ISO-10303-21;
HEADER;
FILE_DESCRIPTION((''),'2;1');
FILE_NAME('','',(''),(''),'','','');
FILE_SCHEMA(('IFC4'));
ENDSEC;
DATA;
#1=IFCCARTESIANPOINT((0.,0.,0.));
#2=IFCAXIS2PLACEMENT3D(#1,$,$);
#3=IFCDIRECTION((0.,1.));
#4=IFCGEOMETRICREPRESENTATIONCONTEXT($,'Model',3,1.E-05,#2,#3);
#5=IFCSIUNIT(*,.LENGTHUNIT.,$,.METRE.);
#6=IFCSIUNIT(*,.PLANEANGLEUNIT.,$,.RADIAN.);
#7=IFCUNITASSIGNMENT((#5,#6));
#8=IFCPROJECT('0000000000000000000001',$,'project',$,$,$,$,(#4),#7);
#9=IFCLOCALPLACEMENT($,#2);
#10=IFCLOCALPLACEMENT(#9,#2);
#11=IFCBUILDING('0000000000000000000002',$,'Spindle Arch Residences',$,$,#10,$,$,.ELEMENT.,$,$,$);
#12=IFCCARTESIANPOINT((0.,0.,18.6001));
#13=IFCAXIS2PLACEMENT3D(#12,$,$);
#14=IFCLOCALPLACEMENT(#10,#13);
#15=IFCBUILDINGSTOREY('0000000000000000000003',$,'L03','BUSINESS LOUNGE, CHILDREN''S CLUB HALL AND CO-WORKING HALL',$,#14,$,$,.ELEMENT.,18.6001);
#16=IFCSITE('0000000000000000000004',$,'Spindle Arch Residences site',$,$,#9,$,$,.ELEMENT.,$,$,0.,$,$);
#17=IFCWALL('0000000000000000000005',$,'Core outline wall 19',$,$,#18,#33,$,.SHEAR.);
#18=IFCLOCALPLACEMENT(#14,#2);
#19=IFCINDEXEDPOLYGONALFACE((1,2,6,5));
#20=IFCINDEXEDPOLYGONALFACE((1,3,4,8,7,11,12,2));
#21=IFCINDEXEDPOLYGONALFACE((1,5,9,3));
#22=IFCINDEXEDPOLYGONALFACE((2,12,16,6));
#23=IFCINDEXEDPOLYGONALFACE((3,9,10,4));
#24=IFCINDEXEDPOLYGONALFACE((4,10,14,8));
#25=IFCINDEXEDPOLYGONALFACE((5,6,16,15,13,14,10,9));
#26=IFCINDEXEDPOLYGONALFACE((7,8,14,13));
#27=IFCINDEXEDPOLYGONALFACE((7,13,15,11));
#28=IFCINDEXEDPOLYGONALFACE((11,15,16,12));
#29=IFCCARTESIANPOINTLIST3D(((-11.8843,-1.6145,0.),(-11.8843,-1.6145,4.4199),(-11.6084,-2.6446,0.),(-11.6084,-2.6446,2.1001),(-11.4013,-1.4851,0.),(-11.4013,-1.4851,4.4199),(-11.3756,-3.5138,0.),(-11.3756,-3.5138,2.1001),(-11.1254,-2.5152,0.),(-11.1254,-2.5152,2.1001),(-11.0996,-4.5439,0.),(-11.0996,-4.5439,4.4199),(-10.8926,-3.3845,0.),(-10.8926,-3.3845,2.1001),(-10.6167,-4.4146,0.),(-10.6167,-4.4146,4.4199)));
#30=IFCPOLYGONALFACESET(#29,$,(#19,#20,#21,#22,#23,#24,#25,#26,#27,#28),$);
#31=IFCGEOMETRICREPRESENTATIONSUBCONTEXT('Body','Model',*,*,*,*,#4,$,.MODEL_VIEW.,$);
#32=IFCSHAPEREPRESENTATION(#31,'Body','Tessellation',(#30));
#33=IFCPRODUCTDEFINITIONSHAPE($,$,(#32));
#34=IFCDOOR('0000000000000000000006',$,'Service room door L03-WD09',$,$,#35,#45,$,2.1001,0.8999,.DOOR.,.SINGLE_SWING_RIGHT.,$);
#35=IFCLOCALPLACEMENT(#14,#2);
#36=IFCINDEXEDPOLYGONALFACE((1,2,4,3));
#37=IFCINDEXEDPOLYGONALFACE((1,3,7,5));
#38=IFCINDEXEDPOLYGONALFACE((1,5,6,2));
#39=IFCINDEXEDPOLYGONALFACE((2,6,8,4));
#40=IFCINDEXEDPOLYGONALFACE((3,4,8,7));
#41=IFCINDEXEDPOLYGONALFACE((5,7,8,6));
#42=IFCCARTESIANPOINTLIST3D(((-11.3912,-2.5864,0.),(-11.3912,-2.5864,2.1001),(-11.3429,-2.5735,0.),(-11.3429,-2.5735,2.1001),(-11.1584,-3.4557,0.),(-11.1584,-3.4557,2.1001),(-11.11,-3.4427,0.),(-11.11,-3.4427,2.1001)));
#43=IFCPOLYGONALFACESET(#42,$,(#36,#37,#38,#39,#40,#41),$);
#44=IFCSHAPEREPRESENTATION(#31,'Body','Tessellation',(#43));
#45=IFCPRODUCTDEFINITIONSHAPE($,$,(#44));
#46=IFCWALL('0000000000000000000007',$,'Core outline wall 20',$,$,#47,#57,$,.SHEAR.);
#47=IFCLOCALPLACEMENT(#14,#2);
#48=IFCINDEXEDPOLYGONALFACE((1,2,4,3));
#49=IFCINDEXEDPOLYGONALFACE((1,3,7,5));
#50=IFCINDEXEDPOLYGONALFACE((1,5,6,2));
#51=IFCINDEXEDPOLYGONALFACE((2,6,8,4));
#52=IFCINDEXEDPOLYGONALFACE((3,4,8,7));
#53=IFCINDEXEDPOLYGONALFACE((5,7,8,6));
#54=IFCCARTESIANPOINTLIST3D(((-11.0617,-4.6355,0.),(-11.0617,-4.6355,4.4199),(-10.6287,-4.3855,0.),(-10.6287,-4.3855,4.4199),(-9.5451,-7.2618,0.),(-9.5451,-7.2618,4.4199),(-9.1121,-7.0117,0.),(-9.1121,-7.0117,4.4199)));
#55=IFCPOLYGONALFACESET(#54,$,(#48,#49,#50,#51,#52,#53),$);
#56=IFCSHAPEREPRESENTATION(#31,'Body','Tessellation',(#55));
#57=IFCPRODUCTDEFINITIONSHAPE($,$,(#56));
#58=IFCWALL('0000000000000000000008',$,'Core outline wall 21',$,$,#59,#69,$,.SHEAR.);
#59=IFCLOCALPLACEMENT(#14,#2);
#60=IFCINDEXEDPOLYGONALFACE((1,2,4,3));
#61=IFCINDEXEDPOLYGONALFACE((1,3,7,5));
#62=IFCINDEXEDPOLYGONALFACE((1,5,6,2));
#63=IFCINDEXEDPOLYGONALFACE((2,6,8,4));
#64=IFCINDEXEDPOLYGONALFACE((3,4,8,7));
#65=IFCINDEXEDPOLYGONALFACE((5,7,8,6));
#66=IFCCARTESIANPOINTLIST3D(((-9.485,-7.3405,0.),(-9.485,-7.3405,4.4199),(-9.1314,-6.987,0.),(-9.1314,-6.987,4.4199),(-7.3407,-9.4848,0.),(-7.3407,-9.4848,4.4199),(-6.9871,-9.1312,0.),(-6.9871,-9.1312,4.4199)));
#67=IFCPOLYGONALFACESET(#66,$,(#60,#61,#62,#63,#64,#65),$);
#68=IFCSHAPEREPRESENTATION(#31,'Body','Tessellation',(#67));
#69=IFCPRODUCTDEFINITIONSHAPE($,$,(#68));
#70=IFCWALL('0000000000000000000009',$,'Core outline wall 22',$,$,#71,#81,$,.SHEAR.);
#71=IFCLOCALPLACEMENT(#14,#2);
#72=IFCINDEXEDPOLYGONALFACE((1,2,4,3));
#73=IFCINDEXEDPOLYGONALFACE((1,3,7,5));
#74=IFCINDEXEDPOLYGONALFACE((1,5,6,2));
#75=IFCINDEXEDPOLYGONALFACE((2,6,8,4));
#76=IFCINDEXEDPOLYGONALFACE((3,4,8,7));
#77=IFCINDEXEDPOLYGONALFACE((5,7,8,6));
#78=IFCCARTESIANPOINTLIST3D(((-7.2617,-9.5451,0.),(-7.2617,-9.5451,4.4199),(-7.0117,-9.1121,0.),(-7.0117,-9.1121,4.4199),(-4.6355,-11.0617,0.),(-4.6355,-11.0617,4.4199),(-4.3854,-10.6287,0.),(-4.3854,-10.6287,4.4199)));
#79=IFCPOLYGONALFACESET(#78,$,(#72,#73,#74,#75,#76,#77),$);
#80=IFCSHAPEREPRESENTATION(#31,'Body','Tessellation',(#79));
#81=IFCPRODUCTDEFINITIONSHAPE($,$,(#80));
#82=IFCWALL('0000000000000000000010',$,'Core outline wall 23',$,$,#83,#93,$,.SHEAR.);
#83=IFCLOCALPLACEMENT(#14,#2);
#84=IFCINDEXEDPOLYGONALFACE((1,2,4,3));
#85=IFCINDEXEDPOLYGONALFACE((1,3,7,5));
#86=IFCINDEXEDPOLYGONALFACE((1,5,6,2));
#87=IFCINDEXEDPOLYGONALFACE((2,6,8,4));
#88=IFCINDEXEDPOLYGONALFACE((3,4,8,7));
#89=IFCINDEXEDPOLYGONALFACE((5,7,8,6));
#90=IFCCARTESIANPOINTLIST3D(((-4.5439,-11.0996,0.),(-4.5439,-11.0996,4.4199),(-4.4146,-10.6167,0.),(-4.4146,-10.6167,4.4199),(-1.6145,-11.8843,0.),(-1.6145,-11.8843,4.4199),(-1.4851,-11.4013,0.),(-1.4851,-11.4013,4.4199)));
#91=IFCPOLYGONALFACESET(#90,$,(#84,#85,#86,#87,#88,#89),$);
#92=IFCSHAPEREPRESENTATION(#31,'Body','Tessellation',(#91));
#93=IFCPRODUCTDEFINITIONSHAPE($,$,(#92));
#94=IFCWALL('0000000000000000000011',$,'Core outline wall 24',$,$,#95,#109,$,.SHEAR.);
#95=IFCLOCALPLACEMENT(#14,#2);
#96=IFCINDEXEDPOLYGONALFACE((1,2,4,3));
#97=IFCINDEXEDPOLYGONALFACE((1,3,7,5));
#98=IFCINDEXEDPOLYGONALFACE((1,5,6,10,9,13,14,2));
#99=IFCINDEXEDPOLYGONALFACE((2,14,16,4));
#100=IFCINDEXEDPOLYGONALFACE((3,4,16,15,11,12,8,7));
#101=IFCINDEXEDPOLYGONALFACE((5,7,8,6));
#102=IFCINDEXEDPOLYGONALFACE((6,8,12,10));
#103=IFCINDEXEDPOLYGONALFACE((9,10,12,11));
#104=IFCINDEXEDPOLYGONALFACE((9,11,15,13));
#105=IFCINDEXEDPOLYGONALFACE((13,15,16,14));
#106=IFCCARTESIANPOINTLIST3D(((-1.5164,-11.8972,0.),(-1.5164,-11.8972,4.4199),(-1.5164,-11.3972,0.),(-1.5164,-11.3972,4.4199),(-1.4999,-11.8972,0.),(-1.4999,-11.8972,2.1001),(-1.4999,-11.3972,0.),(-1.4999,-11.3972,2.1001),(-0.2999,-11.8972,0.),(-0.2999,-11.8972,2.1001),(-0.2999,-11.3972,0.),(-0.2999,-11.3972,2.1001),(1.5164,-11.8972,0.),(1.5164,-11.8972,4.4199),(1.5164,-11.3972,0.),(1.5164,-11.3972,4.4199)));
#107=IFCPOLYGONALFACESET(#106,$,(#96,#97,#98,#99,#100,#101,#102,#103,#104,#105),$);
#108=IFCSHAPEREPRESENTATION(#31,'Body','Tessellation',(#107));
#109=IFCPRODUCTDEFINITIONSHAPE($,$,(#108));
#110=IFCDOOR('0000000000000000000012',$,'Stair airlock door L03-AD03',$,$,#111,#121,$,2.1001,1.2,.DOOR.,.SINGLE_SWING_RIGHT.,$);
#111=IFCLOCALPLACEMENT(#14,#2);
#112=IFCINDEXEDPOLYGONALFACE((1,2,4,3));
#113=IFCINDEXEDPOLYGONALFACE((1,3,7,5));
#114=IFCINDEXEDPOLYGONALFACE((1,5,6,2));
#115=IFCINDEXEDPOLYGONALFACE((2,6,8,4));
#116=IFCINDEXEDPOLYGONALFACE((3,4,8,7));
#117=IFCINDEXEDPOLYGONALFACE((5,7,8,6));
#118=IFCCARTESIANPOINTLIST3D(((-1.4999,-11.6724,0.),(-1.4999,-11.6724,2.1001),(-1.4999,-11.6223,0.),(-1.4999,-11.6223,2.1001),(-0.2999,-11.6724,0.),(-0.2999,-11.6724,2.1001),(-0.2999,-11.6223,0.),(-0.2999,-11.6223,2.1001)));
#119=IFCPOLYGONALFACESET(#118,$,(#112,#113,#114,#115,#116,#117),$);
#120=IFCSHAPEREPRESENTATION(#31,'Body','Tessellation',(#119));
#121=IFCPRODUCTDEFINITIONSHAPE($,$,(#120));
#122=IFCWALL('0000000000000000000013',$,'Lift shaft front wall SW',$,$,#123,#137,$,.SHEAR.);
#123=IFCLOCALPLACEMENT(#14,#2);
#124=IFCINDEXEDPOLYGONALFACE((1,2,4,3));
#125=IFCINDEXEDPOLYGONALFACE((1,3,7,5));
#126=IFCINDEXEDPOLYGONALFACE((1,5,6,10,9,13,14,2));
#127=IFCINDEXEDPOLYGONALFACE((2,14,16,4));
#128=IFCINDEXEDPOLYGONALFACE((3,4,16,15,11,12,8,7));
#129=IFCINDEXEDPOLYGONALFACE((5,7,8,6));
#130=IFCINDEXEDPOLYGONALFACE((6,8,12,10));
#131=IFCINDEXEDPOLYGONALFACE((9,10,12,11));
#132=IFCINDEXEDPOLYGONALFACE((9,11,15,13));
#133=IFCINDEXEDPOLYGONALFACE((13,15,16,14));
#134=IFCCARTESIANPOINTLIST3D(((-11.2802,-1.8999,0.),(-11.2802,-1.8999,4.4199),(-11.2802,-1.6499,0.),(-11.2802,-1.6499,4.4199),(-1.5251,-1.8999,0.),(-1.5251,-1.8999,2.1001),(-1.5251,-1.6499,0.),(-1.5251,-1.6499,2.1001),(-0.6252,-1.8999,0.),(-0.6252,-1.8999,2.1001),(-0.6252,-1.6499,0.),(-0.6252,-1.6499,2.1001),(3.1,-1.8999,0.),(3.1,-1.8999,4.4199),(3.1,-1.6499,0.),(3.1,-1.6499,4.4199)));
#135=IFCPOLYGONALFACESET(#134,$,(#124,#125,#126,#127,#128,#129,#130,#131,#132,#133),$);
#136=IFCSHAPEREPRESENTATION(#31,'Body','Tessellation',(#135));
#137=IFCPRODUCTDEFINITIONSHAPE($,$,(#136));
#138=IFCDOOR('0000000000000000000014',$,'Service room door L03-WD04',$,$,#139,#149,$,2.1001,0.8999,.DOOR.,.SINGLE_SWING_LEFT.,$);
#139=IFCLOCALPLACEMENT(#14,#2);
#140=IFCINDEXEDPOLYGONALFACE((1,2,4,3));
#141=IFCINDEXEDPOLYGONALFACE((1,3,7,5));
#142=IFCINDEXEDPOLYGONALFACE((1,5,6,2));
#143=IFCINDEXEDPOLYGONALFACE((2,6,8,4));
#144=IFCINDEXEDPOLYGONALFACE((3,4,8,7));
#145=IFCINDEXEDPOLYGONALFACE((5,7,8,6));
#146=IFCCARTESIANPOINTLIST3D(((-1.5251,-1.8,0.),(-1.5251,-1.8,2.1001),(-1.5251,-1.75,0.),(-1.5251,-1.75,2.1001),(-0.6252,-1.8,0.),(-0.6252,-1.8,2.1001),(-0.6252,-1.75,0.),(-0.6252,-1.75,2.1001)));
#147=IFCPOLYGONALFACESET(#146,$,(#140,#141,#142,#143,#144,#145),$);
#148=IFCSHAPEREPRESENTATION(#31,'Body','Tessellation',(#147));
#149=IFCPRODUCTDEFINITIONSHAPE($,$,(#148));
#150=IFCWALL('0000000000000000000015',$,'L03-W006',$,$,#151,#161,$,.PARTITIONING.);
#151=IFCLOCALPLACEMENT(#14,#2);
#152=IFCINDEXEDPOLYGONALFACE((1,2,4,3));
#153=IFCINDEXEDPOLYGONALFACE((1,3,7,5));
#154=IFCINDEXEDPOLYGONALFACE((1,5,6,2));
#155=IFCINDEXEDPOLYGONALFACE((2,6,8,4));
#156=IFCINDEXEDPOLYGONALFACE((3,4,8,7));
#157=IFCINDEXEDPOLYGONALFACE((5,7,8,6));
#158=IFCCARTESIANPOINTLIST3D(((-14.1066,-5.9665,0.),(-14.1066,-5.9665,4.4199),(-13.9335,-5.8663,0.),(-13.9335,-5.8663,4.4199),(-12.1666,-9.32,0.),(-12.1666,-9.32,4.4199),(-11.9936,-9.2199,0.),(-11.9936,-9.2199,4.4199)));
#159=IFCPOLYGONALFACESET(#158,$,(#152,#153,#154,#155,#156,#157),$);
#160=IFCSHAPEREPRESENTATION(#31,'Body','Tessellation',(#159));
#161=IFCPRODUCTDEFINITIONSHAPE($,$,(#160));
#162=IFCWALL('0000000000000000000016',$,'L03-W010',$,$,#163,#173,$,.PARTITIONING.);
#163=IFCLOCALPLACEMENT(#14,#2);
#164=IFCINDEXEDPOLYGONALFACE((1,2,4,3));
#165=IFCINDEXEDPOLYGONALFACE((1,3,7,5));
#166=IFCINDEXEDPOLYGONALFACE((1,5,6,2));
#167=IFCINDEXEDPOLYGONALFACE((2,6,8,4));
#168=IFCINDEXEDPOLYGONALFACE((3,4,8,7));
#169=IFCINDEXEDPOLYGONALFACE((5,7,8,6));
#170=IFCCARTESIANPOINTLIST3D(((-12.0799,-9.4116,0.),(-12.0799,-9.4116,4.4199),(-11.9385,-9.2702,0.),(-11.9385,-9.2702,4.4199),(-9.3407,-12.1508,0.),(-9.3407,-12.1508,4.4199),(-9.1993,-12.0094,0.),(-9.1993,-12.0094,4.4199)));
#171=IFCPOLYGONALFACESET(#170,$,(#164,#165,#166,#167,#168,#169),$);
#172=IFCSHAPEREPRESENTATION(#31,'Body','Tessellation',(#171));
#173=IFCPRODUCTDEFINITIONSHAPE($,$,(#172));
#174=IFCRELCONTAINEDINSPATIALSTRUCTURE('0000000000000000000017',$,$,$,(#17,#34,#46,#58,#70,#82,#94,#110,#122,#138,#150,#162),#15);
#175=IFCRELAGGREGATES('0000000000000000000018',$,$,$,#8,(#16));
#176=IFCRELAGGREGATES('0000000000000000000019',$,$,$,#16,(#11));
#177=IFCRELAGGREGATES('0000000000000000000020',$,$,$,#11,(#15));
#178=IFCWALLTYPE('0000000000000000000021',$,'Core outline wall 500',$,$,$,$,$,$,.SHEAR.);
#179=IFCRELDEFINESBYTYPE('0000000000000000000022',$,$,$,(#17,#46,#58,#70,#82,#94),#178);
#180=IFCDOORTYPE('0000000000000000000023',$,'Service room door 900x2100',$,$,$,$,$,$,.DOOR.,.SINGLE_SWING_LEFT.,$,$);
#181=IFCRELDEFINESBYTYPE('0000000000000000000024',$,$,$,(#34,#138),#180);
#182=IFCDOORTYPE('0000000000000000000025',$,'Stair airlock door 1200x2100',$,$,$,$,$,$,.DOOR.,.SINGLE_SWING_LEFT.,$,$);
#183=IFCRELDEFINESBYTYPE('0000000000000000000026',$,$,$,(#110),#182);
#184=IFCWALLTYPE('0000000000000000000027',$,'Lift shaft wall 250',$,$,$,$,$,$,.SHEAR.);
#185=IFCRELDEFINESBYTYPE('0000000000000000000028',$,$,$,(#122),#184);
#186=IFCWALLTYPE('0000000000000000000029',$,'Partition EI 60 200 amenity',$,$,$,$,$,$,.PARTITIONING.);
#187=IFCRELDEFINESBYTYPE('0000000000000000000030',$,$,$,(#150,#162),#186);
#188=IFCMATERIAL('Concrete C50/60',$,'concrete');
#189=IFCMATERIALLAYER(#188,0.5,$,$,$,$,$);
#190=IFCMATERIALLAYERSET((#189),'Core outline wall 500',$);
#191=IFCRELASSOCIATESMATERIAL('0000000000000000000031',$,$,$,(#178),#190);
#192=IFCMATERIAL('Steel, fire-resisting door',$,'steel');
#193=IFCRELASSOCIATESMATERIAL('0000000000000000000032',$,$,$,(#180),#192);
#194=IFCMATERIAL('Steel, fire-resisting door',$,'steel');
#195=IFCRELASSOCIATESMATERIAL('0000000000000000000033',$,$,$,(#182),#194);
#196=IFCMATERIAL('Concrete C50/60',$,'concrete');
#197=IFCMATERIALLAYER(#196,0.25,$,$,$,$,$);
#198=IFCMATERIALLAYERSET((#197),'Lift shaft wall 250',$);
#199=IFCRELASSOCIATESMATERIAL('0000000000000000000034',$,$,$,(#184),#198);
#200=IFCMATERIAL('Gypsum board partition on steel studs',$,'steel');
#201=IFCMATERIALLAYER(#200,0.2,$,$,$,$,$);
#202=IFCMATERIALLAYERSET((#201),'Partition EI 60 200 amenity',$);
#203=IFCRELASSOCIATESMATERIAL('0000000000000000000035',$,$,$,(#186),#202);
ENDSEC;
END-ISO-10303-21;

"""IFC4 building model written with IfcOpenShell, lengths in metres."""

from ifc_helpers import new_model, si_unit, direction, frame, frame_2d, origin, place, context, subcontext, project, spatial, rectangle, extrude, material, layer, layer_set, type_object, element, fill, save


model = new_model("IFC4")

# Units and contexts
model_context = context("Model", 3, precision=1e-05, world=origin(), true_north=direction((0.0, 1.0)))
body_context = subcontext(model_context, "Body", "Model", "MODEL_VIEW")
ifc_project = project(units=[si_unit("LENGTHUNIT", "METRE"), si_unit("PLANEANGLEUNIT", "RADIAN")], contexts=[model_context])

# Site, building, storey
site_placement = place(None, origin())
site = spatial("IfcSite", under=ifc_project, at=site_placement, Name="Spindle Arch Residences site", CompositionType="ELEMENT", RefElevation=0.0)
building_placement = place(site_placement, origin())
building = spatial("IfcBuilding", under=site, at=building_placement, Name="Spindle Arch Residences", CompositionType="ELEMENT")
storey_placement = place(building_placement, frame((0.0, 0.0, 18.6001)))
storey = spatial("IfcBuildingStorey", under=building, at=storey_placement, Name="L03", Description="BUSINESS LOUNGE, CHILDREN'S CLUB HALL AND CO-WORKING HALL", CompositionType="ELEMENT", Elevation=18.6001)

# Wall, opening, door
ifc_material_1 = material(Name="Concrete C50/60", Category="concrete")
ifc_layer_1 = layer(ifc_material_1, 0.5)
ifc_layer_set_1 = layer_set([ifc_layer_1], Name="Core outline wall 500")
wall_type_1 = type_object("IfcWallType", Name="Core outline wall 500", PredefinedType="SHEAR", material=ifc_layer_set_1)
wall_1_placement = place(storey_placement, frame((-11.6428, -1.5498, 0.0), z_axis=(0.0, 0.0, 1.0), x_axis=(0.258735, -0.965948, 0.0)))
wall_1 = element("IfcWall", 1, at=wall_1_placement, inside=storey, type_object=wall_type_1, Name="Core outline wall 19", PredefinedType="SHEAR", context=body_context, shape_type="SweptSolid", body=[
    extrude(rectangle(XDim=3.0327, YDim=0.5, at=frame_2d((1.5164, 0.0))), origin(), (0.0, 0.0, 1.0), 4.4199),
])
opening_1_placement = place(wall_1_placement, frame((1.0664, 0.0, 0.0)))
opening_1 = element("IfcOpeningElement", 2, at=opening_1_placement, cuts=wall_1, PredefinedType="OPENING", context=body_context, shape_type="SweptSolid", body=[
    extrude(rectangle(XDim=0.8999, YDim=2.1001, at=frame_2d((0.45, 1.05))), frame((0.0, 0.26, 0.0), z_axis=(0.0, -1.0, 0.0), x_axis=(1.0, 0.0, 0.0)), (0.0, 0.0, 1.0), 0.52),
])
ifc_material_2 = material(Name="Steel, fire-resisting door", Category="steel")
door_type_1 = type_object("IfcDoorType", Name="Service room door 900x2100", OperationType="SINGLE_SWING_LEFT", PredefinedType="DOOR", material=ifc_material_2)
door_1_placement = place(opening_1_placement, origin())
door_1 = element("IfcDoor", 3, at=door_1_placement, inside=storey, type_object=door_type_1, Name="Service room door L03-WD09", OperationType="SINGLE_SWING_RIGHT", OverallHeight=2.1001, OverallWidth=0.8999, PredefinedType="DOOR", context=body_context, shape_type="SweptSolid", body=[
    extrude(rectangle(XDim=0.8999, YDim=2.1001, at=frame_2d((0.45, 1.05))), frame((0.0, 0.0249, 0.0), z_axis=(0.0, -1.0, 0.0), x_axis=(1.0, 0.0, 0.0)), (0.0, 0.0, 1.0), 0.05),
])
fill(opening_1, door_1)

# Walls
wall_2_placement = place(storey_placement, frame((-10.8452, -4.5105, 0.0), z_axis=(0.0, 0.0, 1.0), x_axis=(0.500087, -0.865975, 0.0)))
element("IfcWall", 4, at=wall_2_placement, inside=storey, type_object=wall_type_1, Name="Core outline wall 20", PredefinedType="SHEAR", context=body_context, shape_type="SweptSolid", body=[
    extrude(rectangle(XDim=3.0327, YDim=0.5, at=frame_2d((1.5164, 0.0))), origin(), (0.0, 0.0, 1.0), 4.4199),
])
wall_3_placement = place(storey_placement, frame((-9.3081, -7.1638, 0.0), z_axis=(0.0, 0.0, 1.0), x_axis=(0.707107, -0.707107, 0.0)))
element("IfcWall", 5, at=wall_3_placement, inside=storey, type_object=wall_type_1, Name="Core outline wall 21", PredefinedType="SHEAR", context=body_context, shape_type="SweptSolid", body=[
    extrude(rectangle(XDim=3.0325, YDim=0.5, at=frame_2d((1.5161, 0.0))), origin(), (0.0, 0.0, 1.0), 4.4199),
])
for number, where, z_axis, x_axis, name in (
    (6, (-7.1367, -9.3286, 0.0), (0.0, 0.0, 1.0), (0.865975, -0.500087, 0.0), "Core outline wall 22"),
    (7, (-4.4792, -10.8582, 0.0), (0.0, 0.0, 1.0), (0.965948, -0.258735, 0.0), "Core outline wall 23"),
):
    element("IfcWall", number, at=place(storey_placement, frame(where, z_axis=z_axis, x_axis=x_axis)), inside=storey, type_object=wall_type_1, Name=name, PredefinedType="SHEAR", context=body_context, shape_type="SweptSolid", body=[
        extrude(rectangle(XDim=3.0327, YDim=0.5, at=frame_2d((1.5164, 0.0))), origin(), (0.0, 0.0, 1.0), 4.4199),
    ])

# Walls, openings, doors
wall_4_placement = place(storey_placement, frame((-1.5164, -11.6472, 0.0), z_axis=(0.0, 0.0, 1.0), x_axis=(1.0, 0.0, 0.0)))
wall_4 = element("IfcWall", 8, at=wall_4_placement, inside=storey, type_object=wall_type_1, Name="Core outline wall 24", PredefinedType="SHEAR", context=body_context, shape_type="SweptSolid", body=[
    extrude(rectangle(XDim=3.0327, YDim=0.5, at=frame_2d((1.5164, 0.0))), origin(), (0.0, 0.0, 1.0), 4.4199),
])
opening_2_placement = place(wall_4_placement, frame((0.0164, 0.0, 0.0)))
opening_2 = element("IfcOpeningElement", 9, at=opening_2_placement, cuts=wall_4, PredefinedType="OPENING", context=body_context, shape_type="SweptSolid", body=[
    extrude(rectangle(XDim=1.2, YDim=2.1001, at=frame_2d((0.6001, 1.05))), frame((0.0, 0.26, 0.0), z_axis=(0.0, -1.0, 0.0), x_axis=(1.0, 0.0, 0.0)), (0.0, 0.0, 1.0), 0.52),
])
ifc_material_3 = material(Name="Steel, fire-resisting door", Category="steel")
door_type_2 = type_object("IfcDoorType", Name="Stair airlock door 1200x2100", OperationType="SINGLE_SWING_LEFT", PredefinedType="DOOR", material=ifc_material_3)
door_2_placement = place(opening_2_placement, origin())
door_2 = element("IfcDoor", 10, at=door_2_placement, inside=storey, type_object=door_type_2, Name="Stair airlock door L03-AD03", OperationType="SINGLE_SWING_RIGHT", OverallHeight=2.1001, OverallWidth=1.2, PredefinedType="DOOR", context=body_context, shape_type="SweptSolid", body=[
    extrude(rectangle(XDim=1.2, YDim=2.1001, at=frame_2d((0.6001, 1.05))), frame((0.0, 0.0249, 0.0), z_axis=(0.0, -1.0, 0.0), x_axis=(1.0, 0.0, 0.0)), (0.0, 0.0, 1.0), 0.05),
])
fill(opening_2, door_2)
ifc_material_4 = material(Name="Concrete C50/60", Category="concrete")
ifc_layer_2 = layer(ifc_material_4, 0.25)
ifc_layer_set_2 = layer_set([ifc_layer_2], Name="Lift shaft wall 250")
wall_type_2 = type_object("IfcWallType", Name="Lift shaft wall 250", PredefinedType="SHEAR", material=ifc_layer_set_2)
wall_5_placement = place(storey_placement, frame((-11.28, -1.7749, 0.0), z_axis=(0.0, 0.0, 1.0), x_axis=(1.0, 0.0, 0.0)))
wall_5 = element("IfcWall", 11, at=wall_5_placement, inside=storey, type_object=wall_type_2, Name="Lift shaft front wall SW", PredefinedType="SHEAR", context=body_context, shape_type="SweptSolid", body=[
    extrude(rectangle(XDim=14.3801, YDim=0.25, at=frame_2d((7.1899, 0.0))), origin(), (0.0, 0.0, 1.0), 4.4199),
])
opening_3_placement = place(wall_5_placement, frame((9.7549, 0.0, 0.0)))
opening_3 = element("IfcOpeningElement", 12, at=opening_3_placement, cuts=wall_5, PredefinedType="OPENING", context=body_context, shape_type="SweptSolid", body=[
    extrude(rectangle(XDim=0.8999, YDim=2.1001, at=frame_2d((0.45, 1.05))), frame((0.0, 0.135, 0.0), z_axis=(0.0, -1.0, 0.0), x_axis=(1.0, 0.0, 0.0)), (0.0, 0.0, 1.0), 0.27),
])
door_3_placement = place(opening_3_placement, origin())
door_3 = element("IfcDoor", 13, at=door_3_placement, inside=storey, type_object=door_type_1, Name="Service room door L03-WD04", OperationType="SINGLE_SWING_LEFT", OverallHeight=2.1001, OverallWidth=0.8999, PredefinedType="DOOR", context=body_context, shape_type="SweptSolid", body=[
    extrude(rectangle(XDim=0.8999, YDim=2.1001, at=frame_2d((0.45, 1.05))), frame((0.0, 0.0249, 0.0), z_axis=(0.0, -1.0, 0.0), x_axis=(1.0, 0.0, 0.0)), (0.0, 0.0, 1.0), 0.05),
])
fill(opening_3, door_3)

# Walls
ifc_material_5 = material(Name="Gypsum board partition on steel studs", Category="steel")
ifc_layer_3 = layer(ifc_material_5, 0.2)
ifc_layer_set_3 = layer_set([ifc_layer_3], Name="Partition EI 60 200 amenity")
wall_type_3 = type_object("IfcWallType", Name="Partition EI 60 200 amenity", PredefinedType="PARTITIONING", material=ifc_layer_set_3)
wall_6_placement = place(storey_placement, frame((-14.02, -5.9165, 0.0), z_axis=(0.0, 0.0, 1.0), x_axis=(0.500733, -0.865602, 0.0)))
element("IfcWall", 14, at=wall_6_placement, inside=storey, type_object=wall_type_3, Name="L03-W006", PredefinedType="PARTITIONING", context=body_context, shape_type="SweptSolid", body=[
    extrude(rectangle(XDim=3.8743, YDim=0.2, at=frame_2d((1.937, 0.0))), origin(), (0.0, 0.0, 1.0), 4.4199),
])
wall_7_placement = place(storey_placement, frame((-12.0093, -9.3408, 0.0), z_axis=(0.0, 0.0, 1.0), x_axis=(0.707107, -0.707107, 0.0)))
element("IfcWall", 15, at=wall_7_placement, inside=storey, type_object=wall_type_3, Name="L03-W010", PredefinedType="PARTITIONING", context=body_context, shape_type="SweptSolid", body=[
    extrude(rectangle(XDim=3.8738, YDim=0.2, at=frame_2d((1.937, 0.0))), origin(), (0.0, 0.0, 1.0), 4.4199),
])

save(model, "model.ifc")
